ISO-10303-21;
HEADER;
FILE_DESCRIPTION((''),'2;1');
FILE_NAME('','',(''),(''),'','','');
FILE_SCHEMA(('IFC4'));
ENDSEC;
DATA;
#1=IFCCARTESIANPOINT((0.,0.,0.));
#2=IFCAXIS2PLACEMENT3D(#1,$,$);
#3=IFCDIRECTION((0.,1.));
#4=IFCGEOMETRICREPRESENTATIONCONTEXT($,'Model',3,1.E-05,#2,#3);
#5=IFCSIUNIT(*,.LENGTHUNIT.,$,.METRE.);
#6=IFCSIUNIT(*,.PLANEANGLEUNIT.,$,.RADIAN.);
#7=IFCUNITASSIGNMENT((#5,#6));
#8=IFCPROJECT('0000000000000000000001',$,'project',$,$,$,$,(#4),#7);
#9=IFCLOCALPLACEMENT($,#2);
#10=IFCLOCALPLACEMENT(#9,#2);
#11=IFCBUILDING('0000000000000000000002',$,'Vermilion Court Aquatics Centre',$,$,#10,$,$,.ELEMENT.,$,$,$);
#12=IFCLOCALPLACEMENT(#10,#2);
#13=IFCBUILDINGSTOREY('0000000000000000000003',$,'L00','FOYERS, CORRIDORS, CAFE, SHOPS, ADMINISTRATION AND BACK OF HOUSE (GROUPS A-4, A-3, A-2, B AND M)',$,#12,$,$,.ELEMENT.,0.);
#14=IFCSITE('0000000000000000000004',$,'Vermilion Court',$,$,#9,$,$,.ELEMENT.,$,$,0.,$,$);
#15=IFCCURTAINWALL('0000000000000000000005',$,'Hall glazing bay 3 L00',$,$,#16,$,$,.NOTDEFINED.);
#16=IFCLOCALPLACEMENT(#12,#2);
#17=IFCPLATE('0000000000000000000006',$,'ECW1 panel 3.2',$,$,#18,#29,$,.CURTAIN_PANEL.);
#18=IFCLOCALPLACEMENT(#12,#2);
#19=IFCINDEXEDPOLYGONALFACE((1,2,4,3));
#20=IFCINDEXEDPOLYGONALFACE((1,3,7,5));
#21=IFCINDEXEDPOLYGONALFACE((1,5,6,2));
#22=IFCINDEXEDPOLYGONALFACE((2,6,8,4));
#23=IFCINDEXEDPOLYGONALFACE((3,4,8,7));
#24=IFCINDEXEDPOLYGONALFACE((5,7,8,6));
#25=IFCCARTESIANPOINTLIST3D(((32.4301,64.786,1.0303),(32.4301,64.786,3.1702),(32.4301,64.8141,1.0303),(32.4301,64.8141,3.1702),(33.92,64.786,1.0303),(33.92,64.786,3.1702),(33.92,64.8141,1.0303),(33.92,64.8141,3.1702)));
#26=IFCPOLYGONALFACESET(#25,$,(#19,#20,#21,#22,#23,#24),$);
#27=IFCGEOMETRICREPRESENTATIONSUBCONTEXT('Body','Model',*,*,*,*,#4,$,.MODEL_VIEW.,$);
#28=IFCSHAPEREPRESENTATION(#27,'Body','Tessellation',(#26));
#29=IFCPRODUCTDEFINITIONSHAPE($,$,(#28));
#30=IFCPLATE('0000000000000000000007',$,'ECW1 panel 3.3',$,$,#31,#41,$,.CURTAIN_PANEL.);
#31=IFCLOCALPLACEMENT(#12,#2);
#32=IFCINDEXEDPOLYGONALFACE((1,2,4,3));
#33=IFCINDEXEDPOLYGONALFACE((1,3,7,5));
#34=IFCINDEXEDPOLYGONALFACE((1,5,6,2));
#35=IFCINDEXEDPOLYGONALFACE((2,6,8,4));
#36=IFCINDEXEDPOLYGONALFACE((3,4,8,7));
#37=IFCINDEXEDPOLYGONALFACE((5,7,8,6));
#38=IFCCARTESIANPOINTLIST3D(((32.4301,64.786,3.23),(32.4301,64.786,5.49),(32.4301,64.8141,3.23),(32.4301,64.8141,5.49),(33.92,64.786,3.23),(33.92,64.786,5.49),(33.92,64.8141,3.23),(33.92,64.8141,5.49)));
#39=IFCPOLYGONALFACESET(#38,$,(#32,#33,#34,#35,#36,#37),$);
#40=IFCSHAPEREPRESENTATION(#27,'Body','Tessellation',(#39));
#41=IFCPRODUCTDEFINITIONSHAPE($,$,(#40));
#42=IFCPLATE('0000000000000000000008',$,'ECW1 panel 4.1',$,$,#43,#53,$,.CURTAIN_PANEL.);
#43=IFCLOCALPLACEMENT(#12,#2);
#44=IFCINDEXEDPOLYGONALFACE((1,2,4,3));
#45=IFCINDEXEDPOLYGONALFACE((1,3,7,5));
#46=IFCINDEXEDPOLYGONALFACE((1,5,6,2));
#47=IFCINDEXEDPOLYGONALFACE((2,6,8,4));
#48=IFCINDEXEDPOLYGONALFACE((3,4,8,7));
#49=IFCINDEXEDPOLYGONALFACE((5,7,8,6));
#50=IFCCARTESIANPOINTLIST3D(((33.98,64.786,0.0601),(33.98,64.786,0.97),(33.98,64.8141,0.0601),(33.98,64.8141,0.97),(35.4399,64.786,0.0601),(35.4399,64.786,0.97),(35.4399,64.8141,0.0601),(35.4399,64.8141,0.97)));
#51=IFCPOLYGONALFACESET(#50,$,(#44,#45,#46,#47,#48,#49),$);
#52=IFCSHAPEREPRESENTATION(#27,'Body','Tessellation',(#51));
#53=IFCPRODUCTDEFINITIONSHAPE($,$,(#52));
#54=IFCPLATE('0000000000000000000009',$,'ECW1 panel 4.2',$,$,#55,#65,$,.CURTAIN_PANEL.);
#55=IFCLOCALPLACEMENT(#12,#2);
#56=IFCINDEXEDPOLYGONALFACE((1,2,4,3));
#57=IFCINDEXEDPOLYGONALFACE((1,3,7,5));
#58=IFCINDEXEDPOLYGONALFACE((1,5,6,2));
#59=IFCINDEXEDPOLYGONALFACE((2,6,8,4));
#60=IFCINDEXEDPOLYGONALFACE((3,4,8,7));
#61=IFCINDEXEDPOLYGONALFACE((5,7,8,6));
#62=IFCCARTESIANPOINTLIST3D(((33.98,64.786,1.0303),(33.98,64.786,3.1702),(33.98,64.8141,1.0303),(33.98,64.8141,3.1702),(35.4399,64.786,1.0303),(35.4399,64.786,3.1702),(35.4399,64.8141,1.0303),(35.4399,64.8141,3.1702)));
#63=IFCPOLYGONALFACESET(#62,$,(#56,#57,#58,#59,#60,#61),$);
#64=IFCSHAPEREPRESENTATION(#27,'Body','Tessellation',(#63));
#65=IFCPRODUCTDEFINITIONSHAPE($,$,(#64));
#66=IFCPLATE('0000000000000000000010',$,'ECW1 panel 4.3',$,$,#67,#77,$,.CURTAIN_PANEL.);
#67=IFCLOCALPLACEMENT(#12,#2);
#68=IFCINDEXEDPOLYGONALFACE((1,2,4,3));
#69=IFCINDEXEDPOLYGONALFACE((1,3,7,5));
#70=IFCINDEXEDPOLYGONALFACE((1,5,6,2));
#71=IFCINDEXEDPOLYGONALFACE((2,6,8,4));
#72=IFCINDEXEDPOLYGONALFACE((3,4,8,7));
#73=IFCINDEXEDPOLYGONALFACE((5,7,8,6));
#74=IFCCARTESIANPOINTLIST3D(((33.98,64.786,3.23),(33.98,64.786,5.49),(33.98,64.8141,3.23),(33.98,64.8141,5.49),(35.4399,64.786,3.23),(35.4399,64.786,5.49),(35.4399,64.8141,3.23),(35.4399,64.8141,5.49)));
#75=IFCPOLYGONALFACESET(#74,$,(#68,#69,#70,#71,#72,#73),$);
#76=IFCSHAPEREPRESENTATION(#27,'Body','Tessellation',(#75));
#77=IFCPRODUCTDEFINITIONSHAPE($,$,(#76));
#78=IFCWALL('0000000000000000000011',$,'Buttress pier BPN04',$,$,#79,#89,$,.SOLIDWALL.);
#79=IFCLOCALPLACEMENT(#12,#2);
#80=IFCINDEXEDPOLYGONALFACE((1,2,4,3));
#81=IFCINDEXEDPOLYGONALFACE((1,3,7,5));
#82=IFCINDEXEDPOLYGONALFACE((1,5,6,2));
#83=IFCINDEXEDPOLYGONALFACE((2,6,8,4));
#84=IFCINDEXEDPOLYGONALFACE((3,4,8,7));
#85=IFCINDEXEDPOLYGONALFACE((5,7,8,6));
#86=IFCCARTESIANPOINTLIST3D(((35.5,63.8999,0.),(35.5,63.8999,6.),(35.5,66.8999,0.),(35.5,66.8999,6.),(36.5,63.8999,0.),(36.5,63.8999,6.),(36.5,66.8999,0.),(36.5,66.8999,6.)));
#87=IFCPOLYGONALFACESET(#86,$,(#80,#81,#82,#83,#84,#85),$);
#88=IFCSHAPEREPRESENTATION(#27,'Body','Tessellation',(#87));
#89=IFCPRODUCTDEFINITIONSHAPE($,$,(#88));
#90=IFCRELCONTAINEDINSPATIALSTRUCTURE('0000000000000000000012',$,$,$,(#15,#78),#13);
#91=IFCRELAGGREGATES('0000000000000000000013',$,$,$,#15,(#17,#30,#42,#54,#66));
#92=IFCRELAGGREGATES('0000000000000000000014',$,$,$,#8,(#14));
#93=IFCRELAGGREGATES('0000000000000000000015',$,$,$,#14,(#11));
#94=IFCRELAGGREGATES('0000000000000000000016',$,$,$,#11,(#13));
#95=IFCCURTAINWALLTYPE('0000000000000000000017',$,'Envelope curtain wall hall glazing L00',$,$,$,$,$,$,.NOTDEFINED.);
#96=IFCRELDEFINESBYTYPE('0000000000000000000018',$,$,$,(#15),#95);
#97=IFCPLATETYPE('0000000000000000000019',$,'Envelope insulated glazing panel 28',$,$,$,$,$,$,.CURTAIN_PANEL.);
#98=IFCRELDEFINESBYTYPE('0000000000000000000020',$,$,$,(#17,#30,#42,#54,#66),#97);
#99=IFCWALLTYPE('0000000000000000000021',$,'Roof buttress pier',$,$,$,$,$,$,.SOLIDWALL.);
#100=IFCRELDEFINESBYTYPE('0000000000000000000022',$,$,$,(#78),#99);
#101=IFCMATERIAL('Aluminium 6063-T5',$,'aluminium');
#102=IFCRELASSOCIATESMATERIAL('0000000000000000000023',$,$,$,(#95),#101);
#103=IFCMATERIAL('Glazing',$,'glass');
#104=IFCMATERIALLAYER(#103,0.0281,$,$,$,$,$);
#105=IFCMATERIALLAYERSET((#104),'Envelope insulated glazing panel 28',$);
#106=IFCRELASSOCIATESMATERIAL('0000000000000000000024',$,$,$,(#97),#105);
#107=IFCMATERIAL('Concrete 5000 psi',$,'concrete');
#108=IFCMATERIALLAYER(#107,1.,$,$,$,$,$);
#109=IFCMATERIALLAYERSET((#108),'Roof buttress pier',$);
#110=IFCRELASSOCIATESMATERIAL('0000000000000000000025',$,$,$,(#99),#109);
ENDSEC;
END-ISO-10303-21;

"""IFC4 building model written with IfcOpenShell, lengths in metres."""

from ifc_helpers import new_model, si_unit, direction, frame, frame_2d, origin, origin_2d, place, context, subcontext, project, spatial, rectangle, extrude, material, layer, layer_set, type_object, element, aggregate, save


model = new_model("IFC4")

# Units and contexts
model_context = context("Model", 3, precision=1e-05, world=origin(), true_north=direction((0.0, 1.0)))
body_context = subcontext(model_context, "Body", "Model", "MODEL_VIEW")
ifc_project = project(units=[si_unit("LENGTHUNIT", "METRE"), si_unit("PLANEANGLEUNIT", "RADIAN")], contexts=[model_context])

# Site, building, storey
site_placement = place(None, origin())
site = spatial("IfcSite", under=ifc_project, at=site_placement, Name="Vermilion Court", CompositionType="ELEMENT", RefElevation=0.0)
building_placement = place(site_placement, origin())
building = spatial("IfcBuilding", under=site, at=building_placement, Name="Vermilion Court Aquatics Centre", CompositionType="ELEMENT")
storey_placement = place(building_placement, origin())
storey = spatial("IfcBuildingStorey", under=building, at=storey_placement, Name="L00", Description="FOYERS, CORRIDORS, CAFE, SHOPS, ADMINISTRATION AND BACK OF HOUSE (GROUPS A-4, A-3, A-2, B AND M)", CompositionType="ELEMENT", Elevation=0.0)

# Curtain wall
ifc_material_1 = material(Name="Aluminium 6063-T5", Category="aluminium")
curtain_wall_type = type_object("IfcCurtainWallType", Name="Envelope curtain wall hall glazing L00", PredefinedType="NOTDEFINED", material=ifc_material_1)
curtain_wall_1_placement = place(storey_placement, origin())
curtain_wall_1 = element("IfcCurtainWall", 1, at=curtain_wall_1_placement, inside=storey, type_object=curtain_wall_type, Name="Hall glazing bay 3 L00", PredefinedType="NOTDEFINED")

# Plates
ifc_material_2 = material(Name="Glazing", Category="glass")
ifc_layer_1 = layer(ifc_material_2, 0.0281)
ifc_layer_set_1 = layer_set([ifc_layer_1], Name="Envelope insulated glazing panel 28")
plate_type = type_object("IfcPlateType", Name="Envelope insulated glazing panel 28", PredefinedType="CURTAIN_PANEL", material=ifc_layer_set_1)
plate_1_placement = place(storey_placement, frame((33.175, 64.8, 1.0303), z_axis=(0.0, 0.0, 1.0), x_axis=(1.0, 0.0, 0.0)))
plate_1 = element("IfcPlate", 2, at=plate_1_placement, type_object=plate_type, Name="ECW1 panel 3.2", PredefinedType="CURTAIN_PANEL", context=body_context, shape_type="SweptSolid", body=[
    extrude(rectangle(XDim=1.49, YDim=0.0281, at=origin_2d()), origin(), (0.0, 0.0, 1.0), 2.1399),
])
plate_2_placement = place(storey_placement, frame((33.175, 64.8, 3.23), z_axis=(0.0, 0.0, 1.0), x_axis=(1.0, 0.0, 0.0)))
plate_2 = element("IfcPlate", 3, at=plate_2_placement, type_object=plate_type, Name="ECW1 panel 3.3", PredefinedType="CURTAIN_PANEL", context=body_context, shape_type="SweptSolid", body=[
    extrude(rectangle(XDim=1.49, YDim=0.0281, at=origin_2d()), origin(), (0.0, 0.0, 1.0), 2.26),
])
plate_3_placement = place(storey_placement, frame((34.71, 64.8, 0.0601), z_axis=(0.0, 0.0, 1.0), x_axis=(1.0, 0.0, 0.0)))
plate_3 = element("IfcPlate", 4, at=plate_3_placement, type_object=plate_type, Name="ECW1 panel 4.1", PredefinedType="CURTAIN_PANEL", context=body_context, shape_type="SweptSolid", body=[
    extrude(rectangle(XDim=1.46, YDim=0.0281, at=origin_2d()), origin(), (0.0, 0.0, 1.0), 0.9099),
])
plate_4_placement = place(storey_placement, frame((34.71, 64.8, 1.0303), z_axis=(0.0, 0.0, 1.0), x_axis=(1.0, 0.0, 0.0)))
plate_4 = element("IfcPlate", 5, at=plate_4_placement, type_object=plate_type, Name="ECW1 panel 4.2", PredefinedType="CURTAIN_PANEL", context=body_context, shape_type="SweptSolid", body=[
    extrude(rectangle(XDim=1.46, YDim=0.0281, at=origin_2d()), origin(), (0.0, 0.0, 1.0), 2.1399),
])
plate_5_placement = place(storey_placement, frame((34.71, 64.8, 3.23), z_axis=(0.0, 0.0, 1.0), x_axis=(1.0, 0.0, 0.0)))
plate_5 = element("IfcPlate", 6, at=plate_5_placement, type_object=plate_type, Name="ECW1 panel 4.3", PredefinedType="CURTAIN_PANEL", context=body_context, shape_type="SweptSolid", body=[
    extrude(rectangle(XDim=1.46, YDim=0.0281, at=origin_2d()), origin(), (0.0, 0.0, 1.0), 2.26),
])
aggregate(curtain_wall_1, [plate_1, plate_2, plate_3, plate_4, plate_5])

# Wall
ifc_material_3 = material(Name="Concrete 5000 psi", Category="concrete")
ifc_layer_2 = layer(ifc_material_3, 1.0)
ifc_layer_set_2 = layer_set([ifc_layer_2], Name="Roof buttress pier")
wall_type = type_object("IfcWallType", Name="Roof buttress pier", PredefinedType="SOLIDWALL", material=ifc_layer_set_2)
wall_placement = place(storey_placement, frame((36.0, 63.8999, 0.0), z_axis=(0.0, 0.0, 1.0), x_axis=(0.0, 1.0, 0.0)))
element("IfcWall", 7, at=wall_placement, inside=storey, type_object=wall_type, Name="Buttress pier BPN04", PredefinedType="SOLIDWALL", context=body_context, shape_type="SweptSolid", body=[
    extrude(rectangle(XDim=3.0, YDim=1.0, at=frame_2d((1.5, 0.0))), origin(), (0.0, 0.0, 1.0), 6.0),
])

save(model, "model.ifc")
